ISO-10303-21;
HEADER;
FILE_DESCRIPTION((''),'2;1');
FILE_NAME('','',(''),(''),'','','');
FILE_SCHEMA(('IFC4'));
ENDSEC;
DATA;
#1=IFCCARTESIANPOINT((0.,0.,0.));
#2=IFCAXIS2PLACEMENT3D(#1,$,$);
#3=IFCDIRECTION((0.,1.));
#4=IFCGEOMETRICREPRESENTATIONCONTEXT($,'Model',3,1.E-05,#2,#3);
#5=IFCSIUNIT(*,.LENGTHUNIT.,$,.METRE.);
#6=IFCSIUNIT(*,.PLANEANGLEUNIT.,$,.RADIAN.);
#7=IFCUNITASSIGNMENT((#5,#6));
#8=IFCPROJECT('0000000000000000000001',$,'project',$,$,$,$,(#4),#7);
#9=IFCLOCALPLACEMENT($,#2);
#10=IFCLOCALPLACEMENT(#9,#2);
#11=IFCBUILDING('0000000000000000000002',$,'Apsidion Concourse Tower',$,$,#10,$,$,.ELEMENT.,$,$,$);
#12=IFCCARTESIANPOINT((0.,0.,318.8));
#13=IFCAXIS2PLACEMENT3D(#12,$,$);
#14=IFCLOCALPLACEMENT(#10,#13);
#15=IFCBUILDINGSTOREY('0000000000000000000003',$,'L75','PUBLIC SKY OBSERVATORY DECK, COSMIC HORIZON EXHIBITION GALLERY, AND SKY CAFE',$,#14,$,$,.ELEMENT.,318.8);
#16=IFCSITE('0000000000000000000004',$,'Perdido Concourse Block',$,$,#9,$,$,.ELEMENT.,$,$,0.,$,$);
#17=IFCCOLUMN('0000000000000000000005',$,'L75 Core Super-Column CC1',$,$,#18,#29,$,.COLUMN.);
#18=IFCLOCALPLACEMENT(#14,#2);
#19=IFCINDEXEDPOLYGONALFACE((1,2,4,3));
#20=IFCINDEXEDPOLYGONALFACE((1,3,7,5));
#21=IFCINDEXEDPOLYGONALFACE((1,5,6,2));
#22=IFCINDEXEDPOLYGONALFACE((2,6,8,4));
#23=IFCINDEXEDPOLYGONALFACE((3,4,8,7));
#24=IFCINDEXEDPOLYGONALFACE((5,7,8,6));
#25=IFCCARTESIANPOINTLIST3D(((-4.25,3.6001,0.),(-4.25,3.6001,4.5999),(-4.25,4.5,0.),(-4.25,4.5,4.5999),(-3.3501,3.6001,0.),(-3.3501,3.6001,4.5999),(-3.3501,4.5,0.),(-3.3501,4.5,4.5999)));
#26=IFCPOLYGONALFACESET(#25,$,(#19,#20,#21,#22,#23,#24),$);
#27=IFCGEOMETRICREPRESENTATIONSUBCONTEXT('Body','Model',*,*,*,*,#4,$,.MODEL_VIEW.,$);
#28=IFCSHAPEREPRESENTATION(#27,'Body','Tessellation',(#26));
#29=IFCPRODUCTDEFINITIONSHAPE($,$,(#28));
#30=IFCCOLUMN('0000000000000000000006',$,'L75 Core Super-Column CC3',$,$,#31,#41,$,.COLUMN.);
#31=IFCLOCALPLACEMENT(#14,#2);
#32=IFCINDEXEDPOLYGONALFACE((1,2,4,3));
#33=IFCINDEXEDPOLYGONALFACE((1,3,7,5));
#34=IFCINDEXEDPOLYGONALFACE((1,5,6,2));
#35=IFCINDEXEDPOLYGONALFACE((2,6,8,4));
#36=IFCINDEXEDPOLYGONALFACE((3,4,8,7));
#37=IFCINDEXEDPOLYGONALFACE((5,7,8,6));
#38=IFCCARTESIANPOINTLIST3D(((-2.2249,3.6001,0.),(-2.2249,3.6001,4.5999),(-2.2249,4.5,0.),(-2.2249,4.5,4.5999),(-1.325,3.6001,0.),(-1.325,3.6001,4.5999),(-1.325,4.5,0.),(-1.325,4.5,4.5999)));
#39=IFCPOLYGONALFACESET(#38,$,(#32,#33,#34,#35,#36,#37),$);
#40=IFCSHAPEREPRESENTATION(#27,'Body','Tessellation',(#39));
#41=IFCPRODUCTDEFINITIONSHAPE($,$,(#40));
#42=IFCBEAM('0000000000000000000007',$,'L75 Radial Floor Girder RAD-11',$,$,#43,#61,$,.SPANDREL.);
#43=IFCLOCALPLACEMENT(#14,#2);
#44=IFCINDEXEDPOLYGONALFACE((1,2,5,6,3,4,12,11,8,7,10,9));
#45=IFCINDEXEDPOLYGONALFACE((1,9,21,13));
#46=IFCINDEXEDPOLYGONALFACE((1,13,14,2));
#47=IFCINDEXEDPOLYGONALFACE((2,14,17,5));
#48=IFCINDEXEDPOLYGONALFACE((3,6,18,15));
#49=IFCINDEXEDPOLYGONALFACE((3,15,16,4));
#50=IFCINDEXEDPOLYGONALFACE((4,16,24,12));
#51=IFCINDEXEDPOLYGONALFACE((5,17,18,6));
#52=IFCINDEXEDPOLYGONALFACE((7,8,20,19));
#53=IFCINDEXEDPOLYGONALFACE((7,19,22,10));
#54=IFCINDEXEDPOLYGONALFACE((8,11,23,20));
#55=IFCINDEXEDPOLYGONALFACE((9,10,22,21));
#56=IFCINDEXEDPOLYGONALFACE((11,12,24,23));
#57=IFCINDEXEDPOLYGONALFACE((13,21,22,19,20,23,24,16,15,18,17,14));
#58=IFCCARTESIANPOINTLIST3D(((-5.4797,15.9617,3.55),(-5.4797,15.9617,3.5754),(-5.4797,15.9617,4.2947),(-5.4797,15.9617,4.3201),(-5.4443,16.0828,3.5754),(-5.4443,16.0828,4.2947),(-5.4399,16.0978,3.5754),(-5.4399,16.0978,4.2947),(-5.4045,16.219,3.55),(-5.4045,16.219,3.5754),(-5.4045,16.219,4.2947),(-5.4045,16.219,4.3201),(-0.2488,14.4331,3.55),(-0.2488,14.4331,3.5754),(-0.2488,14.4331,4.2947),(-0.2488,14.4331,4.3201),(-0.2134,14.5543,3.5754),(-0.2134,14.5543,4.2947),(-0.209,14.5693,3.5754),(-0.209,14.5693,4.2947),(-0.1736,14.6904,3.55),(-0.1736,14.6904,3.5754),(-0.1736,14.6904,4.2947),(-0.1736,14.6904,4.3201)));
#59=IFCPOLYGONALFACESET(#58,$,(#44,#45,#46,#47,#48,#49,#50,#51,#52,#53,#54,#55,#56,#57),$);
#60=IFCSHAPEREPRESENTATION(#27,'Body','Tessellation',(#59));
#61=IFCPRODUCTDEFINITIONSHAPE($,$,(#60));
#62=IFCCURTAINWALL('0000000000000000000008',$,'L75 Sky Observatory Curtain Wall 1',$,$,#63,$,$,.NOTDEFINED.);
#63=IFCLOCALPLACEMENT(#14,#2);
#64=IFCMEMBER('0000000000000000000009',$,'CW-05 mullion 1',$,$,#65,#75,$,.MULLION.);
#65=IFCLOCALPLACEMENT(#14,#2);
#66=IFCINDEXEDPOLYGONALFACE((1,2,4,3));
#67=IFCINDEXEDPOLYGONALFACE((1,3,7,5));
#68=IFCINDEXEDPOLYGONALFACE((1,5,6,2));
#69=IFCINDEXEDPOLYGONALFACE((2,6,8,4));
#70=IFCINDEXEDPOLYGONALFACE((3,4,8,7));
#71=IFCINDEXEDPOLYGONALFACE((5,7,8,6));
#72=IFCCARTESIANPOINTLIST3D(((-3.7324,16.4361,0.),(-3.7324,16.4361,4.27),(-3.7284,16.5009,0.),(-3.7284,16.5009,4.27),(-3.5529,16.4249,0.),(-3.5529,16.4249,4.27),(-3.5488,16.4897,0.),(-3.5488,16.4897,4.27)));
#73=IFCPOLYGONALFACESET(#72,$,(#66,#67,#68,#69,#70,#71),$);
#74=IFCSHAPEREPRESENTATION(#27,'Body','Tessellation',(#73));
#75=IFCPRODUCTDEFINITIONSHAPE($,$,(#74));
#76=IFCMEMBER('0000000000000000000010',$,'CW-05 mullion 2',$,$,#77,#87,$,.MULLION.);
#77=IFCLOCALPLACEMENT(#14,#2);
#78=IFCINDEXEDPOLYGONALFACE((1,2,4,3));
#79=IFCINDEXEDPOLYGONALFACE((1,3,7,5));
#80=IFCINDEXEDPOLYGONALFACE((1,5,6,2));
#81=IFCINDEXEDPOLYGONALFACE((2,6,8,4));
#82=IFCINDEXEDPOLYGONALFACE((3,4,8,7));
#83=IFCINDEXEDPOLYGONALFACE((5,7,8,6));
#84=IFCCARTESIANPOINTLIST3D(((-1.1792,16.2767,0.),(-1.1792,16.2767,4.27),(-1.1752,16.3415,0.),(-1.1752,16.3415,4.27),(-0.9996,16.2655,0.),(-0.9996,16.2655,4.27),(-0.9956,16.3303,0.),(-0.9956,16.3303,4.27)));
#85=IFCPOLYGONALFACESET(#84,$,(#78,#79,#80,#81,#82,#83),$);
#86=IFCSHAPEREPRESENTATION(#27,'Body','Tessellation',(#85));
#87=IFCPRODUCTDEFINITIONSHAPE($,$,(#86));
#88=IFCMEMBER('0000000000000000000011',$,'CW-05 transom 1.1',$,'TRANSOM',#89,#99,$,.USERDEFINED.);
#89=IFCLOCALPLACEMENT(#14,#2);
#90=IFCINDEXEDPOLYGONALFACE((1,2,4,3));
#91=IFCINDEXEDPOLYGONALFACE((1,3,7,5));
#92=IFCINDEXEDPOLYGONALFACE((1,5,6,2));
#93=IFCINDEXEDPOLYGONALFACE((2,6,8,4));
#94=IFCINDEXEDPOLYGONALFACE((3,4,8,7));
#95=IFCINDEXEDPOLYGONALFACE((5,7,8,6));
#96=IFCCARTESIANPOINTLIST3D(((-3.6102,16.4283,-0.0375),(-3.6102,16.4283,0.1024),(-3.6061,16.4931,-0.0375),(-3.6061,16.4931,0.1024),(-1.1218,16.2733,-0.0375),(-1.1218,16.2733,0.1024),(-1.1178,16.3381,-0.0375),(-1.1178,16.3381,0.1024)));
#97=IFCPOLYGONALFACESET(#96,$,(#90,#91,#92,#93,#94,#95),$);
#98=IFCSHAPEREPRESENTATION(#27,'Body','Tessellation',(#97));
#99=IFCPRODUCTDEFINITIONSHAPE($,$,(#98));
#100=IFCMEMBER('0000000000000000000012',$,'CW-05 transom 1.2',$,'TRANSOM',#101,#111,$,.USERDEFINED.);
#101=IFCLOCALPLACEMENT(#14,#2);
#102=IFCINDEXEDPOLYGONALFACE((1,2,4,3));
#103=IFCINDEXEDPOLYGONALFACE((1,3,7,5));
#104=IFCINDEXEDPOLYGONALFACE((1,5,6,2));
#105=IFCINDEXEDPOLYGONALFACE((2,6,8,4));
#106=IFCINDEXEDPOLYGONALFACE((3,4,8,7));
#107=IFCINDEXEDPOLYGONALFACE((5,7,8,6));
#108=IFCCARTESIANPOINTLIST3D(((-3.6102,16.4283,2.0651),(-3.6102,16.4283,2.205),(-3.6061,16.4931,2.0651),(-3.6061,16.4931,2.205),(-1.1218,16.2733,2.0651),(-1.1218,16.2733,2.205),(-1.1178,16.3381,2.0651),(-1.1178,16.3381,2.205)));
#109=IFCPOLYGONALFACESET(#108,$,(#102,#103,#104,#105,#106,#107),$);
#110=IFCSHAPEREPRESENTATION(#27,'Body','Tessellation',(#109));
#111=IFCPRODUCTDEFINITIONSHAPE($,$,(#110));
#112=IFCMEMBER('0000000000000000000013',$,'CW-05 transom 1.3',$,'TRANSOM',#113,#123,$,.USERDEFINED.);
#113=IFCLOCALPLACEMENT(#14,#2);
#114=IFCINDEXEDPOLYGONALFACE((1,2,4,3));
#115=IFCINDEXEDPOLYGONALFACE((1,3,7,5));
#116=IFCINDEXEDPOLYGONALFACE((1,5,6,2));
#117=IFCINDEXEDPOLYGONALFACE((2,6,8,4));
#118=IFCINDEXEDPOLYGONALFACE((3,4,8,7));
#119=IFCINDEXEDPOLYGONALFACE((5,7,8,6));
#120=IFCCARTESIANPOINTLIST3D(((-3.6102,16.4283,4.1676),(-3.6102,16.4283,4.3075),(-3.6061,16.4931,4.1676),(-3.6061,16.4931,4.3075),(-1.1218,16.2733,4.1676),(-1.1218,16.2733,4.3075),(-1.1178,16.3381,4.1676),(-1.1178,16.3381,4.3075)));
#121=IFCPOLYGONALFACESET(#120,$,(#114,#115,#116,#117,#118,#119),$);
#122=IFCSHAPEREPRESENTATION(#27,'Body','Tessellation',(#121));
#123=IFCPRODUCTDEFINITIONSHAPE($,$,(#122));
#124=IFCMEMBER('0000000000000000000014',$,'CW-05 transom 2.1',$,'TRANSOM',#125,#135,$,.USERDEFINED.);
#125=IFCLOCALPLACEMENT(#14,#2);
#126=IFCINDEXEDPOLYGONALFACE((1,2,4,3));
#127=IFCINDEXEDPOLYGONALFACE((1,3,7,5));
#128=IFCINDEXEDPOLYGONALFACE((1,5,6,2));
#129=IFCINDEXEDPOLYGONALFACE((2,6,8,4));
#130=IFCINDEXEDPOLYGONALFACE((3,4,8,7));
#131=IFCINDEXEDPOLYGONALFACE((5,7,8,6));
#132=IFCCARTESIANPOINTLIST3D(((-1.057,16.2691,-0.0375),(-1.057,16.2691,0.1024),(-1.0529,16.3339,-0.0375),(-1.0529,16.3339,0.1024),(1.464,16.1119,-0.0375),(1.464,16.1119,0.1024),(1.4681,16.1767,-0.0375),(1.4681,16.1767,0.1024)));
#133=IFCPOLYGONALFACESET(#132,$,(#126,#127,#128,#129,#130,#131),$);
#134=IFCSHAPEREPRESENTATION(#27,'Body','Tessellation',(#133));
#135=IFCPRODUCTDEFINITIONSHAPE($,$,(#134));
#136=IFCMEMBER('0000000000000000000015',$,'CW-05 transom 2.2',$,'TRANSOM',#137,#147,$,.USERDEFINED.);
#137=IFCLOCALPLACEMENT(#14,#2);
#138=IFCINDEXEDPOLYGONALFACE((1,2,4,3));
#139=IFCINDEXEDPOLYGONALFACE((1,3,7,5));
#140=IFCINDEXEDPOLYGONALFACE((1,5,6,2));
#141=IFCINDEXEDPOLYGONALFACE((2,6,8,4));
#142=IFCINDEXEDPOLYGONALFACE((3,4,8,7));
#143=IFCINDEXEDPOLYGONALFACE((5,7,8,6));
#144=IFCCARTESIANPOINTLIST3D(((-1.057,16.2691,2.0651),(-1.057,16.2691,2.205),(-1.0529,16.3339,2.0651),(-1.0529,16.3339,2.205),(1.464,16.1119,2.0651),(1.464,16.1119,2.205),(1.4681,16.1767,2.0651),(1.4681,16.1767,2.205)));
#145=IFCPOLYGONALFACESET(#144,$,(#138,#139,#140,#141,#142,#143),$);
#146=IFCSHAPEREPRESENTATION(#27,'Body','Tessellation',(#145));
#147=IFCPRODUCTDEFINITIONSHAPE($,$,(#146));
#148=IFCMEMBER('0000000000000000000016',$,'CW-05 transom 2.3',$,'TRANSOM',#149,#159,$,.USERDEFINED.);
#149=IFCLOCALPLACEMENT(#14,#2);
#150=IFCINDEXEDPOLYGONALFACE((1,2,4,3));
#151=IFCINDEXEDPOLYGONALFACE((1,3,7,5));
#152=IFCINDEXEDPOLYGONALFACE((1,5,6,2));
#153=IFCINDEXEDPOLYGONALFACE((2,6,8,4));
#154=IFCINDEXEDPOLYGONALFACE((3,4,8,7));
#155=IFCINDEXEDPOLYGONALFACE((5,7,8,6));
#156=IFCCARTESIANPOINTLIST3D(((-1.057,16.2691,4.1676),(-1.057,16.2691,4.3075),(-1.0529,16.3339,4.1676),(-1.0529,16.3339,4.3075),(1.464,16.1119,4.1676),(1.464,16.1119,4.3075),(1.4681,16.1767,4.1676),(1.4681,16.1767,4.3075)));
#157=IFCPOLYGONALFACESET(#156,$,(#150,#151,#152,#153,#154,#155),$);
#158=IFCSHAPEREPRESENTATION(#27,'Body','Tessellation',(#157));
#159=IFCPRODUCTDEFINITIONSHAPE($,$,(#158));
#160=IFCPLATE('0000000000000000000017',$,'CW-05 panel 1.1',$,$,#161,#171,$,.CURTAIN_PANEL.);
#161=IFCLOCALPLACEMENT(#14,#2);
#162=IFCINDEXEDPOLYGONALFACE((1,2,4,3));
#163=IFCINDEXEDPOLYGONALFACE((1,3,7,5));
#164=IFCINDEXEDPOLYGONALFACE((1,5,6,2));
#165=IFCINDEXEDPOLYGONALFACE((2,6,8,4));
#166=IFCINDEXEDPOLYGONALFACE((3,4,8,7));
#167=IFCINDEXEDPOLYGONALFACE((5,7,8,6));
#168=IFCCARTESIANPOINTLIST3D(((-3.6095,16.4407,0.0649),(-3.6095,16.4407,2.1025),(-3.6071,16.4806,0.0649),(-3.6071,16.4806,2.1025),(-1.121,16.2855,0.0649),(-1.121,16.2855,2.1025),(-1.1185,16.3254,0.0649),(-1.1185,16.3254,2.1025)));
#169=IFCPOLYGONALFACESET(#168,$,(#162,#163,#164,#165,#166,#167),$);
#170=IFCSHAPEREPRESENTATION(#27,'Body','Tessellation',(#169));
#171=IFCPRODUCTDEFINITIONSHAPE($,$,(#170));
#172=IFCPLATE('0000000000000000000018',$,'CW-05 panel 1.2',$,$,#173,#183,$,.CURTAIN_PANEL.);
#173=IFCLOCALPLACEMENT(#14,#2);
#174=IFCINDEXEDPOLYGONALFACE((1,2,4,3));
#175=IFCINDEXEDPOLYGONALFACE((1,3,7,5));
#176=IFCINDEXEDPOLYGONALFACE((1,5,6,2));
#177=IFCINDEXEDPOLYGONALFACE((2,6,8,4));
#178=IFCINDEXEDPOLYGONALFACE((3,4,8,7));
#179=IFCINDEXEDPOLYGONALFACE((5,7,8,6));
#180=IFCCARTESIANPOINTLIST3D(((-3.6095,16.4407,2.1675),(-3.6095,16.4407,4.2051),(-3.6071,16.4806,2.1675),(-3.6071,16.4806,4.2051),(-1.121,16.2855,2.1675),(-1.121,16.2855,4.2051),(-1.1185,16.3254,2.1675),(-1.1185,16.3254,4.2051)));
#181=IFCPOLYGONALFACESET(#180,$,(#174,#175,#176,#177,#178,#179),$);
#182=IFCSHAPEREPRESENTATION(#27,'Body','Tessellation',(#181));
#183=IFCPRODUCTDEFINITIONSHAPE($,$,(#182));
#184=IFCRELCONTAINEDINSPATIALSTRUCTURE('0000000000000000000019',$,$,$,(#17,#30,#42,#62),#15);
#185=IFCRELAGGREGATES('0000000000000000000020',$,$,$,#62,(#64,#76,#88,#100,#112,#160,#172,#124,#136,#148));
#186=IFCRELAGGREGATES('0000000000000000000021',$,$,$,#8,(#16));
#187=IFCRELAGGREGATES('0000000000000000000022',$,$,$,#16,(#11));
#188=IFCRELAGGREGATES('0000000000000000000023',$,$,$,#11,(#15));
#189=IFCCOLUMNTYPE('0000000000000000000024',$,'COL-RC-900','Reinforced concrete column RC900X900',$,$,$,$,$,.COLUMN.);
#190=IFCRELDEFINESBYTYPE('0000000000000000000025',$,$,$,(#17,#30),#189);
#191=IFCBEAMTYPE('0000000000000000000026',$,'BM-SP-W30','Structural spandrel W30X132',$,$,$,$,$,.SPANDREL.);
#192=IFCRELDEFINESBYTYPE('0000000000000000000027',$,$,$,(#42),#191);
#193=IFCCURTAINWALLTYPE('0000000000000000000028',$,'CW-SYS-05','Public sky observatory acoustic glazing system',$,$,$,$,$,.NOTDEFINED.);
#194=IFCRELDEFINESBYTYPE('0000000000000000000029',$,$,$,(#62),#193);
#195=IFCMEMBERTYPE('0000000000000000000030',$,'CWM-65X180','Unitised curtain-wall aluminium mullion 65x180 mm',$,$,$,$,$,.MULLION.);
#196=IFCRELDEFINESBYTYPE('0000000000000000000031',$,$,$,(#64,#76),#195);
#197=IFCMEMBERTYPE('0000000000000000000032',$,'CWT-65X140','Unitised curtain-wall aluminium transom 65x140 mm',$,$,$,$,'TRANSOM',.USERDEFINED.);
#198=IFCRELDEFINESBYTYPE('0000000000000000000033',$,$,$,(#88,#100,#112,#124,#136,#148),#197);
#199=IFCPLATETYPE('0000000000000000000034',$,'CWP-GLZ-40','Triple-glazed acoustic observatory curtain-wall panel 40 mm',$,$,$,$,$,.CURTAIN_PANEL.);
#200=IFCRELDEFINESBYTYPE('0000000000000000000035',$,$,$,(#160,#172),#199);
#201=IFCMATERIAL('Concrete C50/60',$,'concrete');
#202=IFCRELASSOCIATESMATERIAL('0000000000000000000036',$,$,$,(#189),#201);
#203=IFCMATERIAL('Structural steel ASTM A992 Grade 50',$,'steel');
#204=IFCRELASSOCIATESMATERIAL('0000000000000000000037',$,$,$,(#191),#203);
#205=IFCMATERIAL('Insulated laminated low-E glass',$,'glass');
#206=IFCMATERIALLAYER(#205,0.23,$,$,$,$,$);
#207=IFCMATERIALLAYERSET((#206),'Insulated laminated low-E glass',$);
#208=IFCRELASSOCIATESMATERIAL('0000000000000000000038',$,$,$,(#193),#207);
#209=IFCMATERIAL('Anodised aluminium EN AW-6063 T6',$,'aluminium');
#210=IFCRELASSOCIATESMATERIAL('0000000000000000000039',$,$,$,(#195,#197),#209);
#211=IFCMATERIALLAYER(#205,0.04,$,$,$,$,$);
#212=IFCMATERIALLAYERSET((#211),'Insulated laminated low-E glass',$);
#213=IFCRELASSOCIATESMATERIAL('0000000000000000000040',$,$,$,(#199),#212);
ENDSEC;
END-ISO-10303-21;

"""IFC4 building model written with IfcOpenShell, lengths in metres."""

from ifc_helpers import new_model, si_unit, direction, frame, origin, origin_2d, place, context, subcontext, project, spatial, rectangle, i_section, extrude, material, layer, layer_set, material_profile, profile_set, type_object, element, aggregate, save


model = new_model("IFC4")

# Units and contexts
model_context = context("Model", 3, precision=1e-05, world=origin(), true_north=direction((0.0, 1.0)))
body_context = subcontext(model_context, "Body", "Model", "MODEL_VIEW")
ifc_project = project(units=[si_unit("LENGTHUNIT", "METRE"), si_unit("PLANEANGLEUNIT", "RADIAN")], contexts=[model_context])

# Site, building, storey
site_placement = place(None, origin())
site = spatial("IfcSite", under=ifc_project, at=site_placement, Name="Perdido Concourse Block", CompositionType="ELEMENT", RefElevation=0.0)
building_placement = place(site_placement, origin())
building = spatial("IfcBuilding", under=site, at=building_placement, Name="Apsidion Concourse Tower", CompositionType="ELEMENT")
storey_placement = place(building_placement, frame((0.0, 0.0, 318.8)))
storey = spatial("IfcBuildingStorey", under=building, at=storey_placement, Name="L75", Description="PUBLIC SKY OBSERVATORY DECK, COSMIC HORIZON EXHIBITION GALLERY, AND SKY CAFE", CompositionType="ELEMENT", Elevation=318.8)

# Columns
ifc_material_1 = material(Name="Concrete C50/60", Category="concrete")
ifc_material_profile_1 = material_profile(ifc_material_1, rectangle(XDim=0.8999, YDim=0.8999, at=origin_2d()), Name="RC 900x900")
ifc_profile_set_1 = profile_set([ifc_material_profile_1], Name="Concrete C50/60")
column_type = type_object("IfcColumnType", Name="COL-RC-900", Description="Reinforced concrete column RC900X900", PredefinedType="COLUMN", material=ifc_profile_set_1)
for number, where, z_axis, x_axis, name in (
    (1, (-3.8, 4.05, 0.0), (0.0, 0.0, 1.0), (1.0, 0.0, 0.0), "L75 Core Super-Column CC1"),
    (2, (-1.7749, 4.05, 0.0), (0.0, 0.0, 1.0), (1.0, 0.0, 0.0), "L75 Core Super-Column CC3"),
):
    element("IfcColumn", number, at=place(storey_placement, frame(where, z_axis=z_axis, x_axis=x_axis)), inside=storey, type_object=column_type, Name=name, PredefinedType="COLUMN", context=body_context, shape_type="SweptSolid", body=[
        extrude(rectangle(XDim=0.8999, YDim=0.8999, at=origin_2d()), origin(), (0.0, 0.0, 1.0), 4.5999),
    ])

# Beam
ifc_material_2 = material(Name="Structural steel ASTM A992 Grade 50", Category="steel")
ifc_material_profile_2 = material_profile(ifc_material_2, i_section(OverallWidth=0.2681, OverallDepth=0.77, WebThickness=0.0156, FlangeThickness=0.0254, at=origin_2d()), Name="W30X132")
ifc_profile_set_2 = profile_set([ifc_material_profile_2], Name="Structural steel ASTM A992 Grade 50")
beam_type = type_object("IfcBeamType", Name="BM-SP-W30", Description="Structural spandrel W30X132", PredefinedType="SPANDREL", material=ifc_profile_set_2)
beam_placement = place(storey_placement, frame((-0.2112, 14.5618, 3.9351), z_axis=(-0.959858, 0.280485, 0.0), x_axis=(-0.280485, -0.959858, 0.0)))
element("IfcBeam", 3, at=beam_placement, inside=storey, type_object=beam_type, Name="L75 Radial Floor Girder RAD-11", PredefinedType="SPANDREL", context=body_context, shape_type="SweptSolid", body=[
    extrude(i_section(OverallWidth=0.2681, OverallDepth=0.77, WebThickness=0.0156, FlangeThickness=0.0254, at=origin_2d()), origin(), (0.0, 0.0, 1.0), 5.4497),
])

# Curtain wall, members, plates
ifc_material_3 = material(Name="Insulated laminated low-E glass", Category="glass")
ifc_layer_1 = layer(ifc_material_3, 0.23)
ifc_layer_set_1 = layer_set([ifc_layer_1], Name="Insulated laminated low-E glass")
curtain_wall_type = type_object("IfcCurtainWallType", Name="CW-SYS-05", Description="Public sky observatory acoustic glazing system", PredefinedType="NOTDEFINED", material=ifc_layer_set_1)
curtain_wall_placement = place(storey_placement, origin())
curtain_wall = element("IfcCurtainWall", 4, at=curtain_wall_placement, inside=storey, type_object=curtain_wall_type, Name="L75 Sky Observatory Curtain Wall 1", PredefinedType="NOTDEFINED")
ifc_material_4 = material(Name="Anodised aluminium EN AW-6063 T6", Category="aluminium")
ifc_material_profile_3 = material_profile(ifc_material_4, rectangle(XDim=0.0649, YDim=0.1799, at=origin_2d()), Name="ALU MULLION 65x180")
ifc_profile_set_3 = profile_set([ifc_material_profile_3], Name="Anodised aluminium EN AW-6063 T6")
member_type_1 = type_object("IfcMemberType", Name="CWM-65X180", Description="Unitised curtain-wall aluminium mullion 65x180 mm", PredefinedType="MULLION", material=ifc_profile_set_3)
member_1_placement = place(storey_placement, frame((-3.6406, 16.4629, 0.0), z_axis=(0.0, 0.0, 1.0), x_axis=(0.062249, 0.998061, 0.0)))
member_1 = element("IfcMember", 5, at=member_1_placement, type_object=member_type_1, Name="CW-05 mullion 1", PredefinedType="MULLION", context=body_context, shape_type="SweptSolid", body=[
    extrude(rectangle(XDim=0.0649, YDim=0.1799, at=origin_2d()), origin(), (0.0, 0.0, 1.0), 4.27),
])
member_2_placement = place(storey_placement, frame((-1.0874, 16.3035, 0.0), z_axis=(0.0, 0.0, 1.0), x_axis=(0.062249, 0.998061, 0.0)))
member_2 = element("IfcMember", 6, at=member_2_placement, type_object=member_type_1, Name="CW-05 mullion 2", PredefinedType="MULLION", context=body_context, shape_type="SweptSolid", body=[
    extrude(rectangle(XDim=0.0649, YDim=0.1799, at=origin_2d()), origin(), (0.0, 0.0, 1.0), 4.27),
])
ifc_material_profile_4 = material_profile(ifc_material_4, rectangle(XDim=0.0649, YDim=0.1399, at=origin_2d()), Name="ALU TRANSOM 65x140")
ifc_profile_set_4 = profile_set([ifc_material_profile_4], Name="Anodised aluminium EN AW-6063 T6")
member_type_2 = type_object("IfcMemberType", Name="CWT-65X140", Description="Unitised curtain-wall aluminium transom 65x140 mm", ElementType="TRANSOM", PredefinedType="USERDEFINED", material=ifc_profile_set_4)
member_3_placement = place(storey_placement, frame((-3.6082, 16.4607, 0.0325), z_axis=(0.998065, -0.062183, 0.0), x_axis=(0.062183, 0.998065, 0.0)))
member_3 = element("IfcMember", 7, at=member_3_placement, type_object=member_type_2, Name="CW-05 transom 1.1", ObjectType="TRANSOM", PredefinedType="USERDEFINED", context=body_context, shape_type="SweptSolid", body=[
    extrude(rectangle(XDim=0.0649, YDim=0.1399, at=origin_2d()), origin(), (0.0, 0.0, 1.0), 2.4932),
])
member_4_placement = place(storey_placement, frame((-3.6082, 16.4607, 2.135), z_axis=(0.998065, -0.062183, 0.0), x_axis=(0.062183, 0.998065, 0.0)))
member_4 = element("IfcMember", 8, at=member_4_placement, type_object=member_type_2, Name="CW-05 transom 1.2", ObjectType="TRANSOM", PredefinedType="USERDEFINED", context=body_context, shape_type="SweptSolid", body=[
    extrude(rectangle(XDim=0.0649, YDim=0.1399, at=origin_2d()), origin(), (0.0, 0.0, 1.0), 2.4932),
])
member_5_placement = place(storey_placement, frame((-3.6082, 16.4607, 4.2375), z_axis=(0.998065, -0.062183, 0.0), x_axis=(0.062183, 0.998065, 0.0)))
member_5 = element("IfcMember", 9, at=member_5_placement, type_object=member_type_2, Name="CW-05 transom 1.3", ObjectType="TRANSOM", PredefinedType="USERDEFINED", context=body_context, shape_type="SweptSolid", body=[
    extrude(rectangle(XDim=0.0649, YDim=0.1399, at=origin_2d()), origin(), (0.0, 0.0, 1.0), 2.4932),
])
member_6_placement = place(storey_placement, frame((-1.0549, 16.3015, 0.0325), z_axis=(0.998061, -0.062246, 0.0), x_axis=(0.062246, 0.998061, 0.0)))
member_6 = element("IfcMember", 10, at=member_6_placement, type_object=member_type_2, Name="CW-05 transom 2.1", ObjectType="TRANSOM", PredefinedType="USERDEFINED", context=body_context, shape_type="SweptSolid", body=[
    extrude(rectangle(XDim=0.0649, YDim=0.1399, at=origin_2d()), origin(), (0.0, 0.0, 1.0), 2.5259),
])
member_7_placement = place(storey_placement, frame((-1.0549, 16.3015, 2.135), z_axis=(0.998061, -0.062246, 0.0), x_axis=(0.062246, 0.998061, 0.0)))
member_7 = element("IfcMember", 11, at=member_7_placement, type_object=member_type_2, Name="CW-05 transom 2.2", ObjectType="TRANSOM", PredefinedType="USERDEFINED", context=body_context, shape_type="SweptSolid", body=[
    extrude(rectangle(XDim=0.0649, YDim=0.1399, at=origin_2d()), origin(), (0.0, 0.0, 1.0), 2.5259),
])
member_8_placement = place(storey_placement, frame((-1.0549, 16.3015, 4.2375), z_axis=(0.998061, -0.062246, 0.0), x_axis=(0.062246, 0.998061, 0.0)))
member_8 = element("IfcMember", 12, at=member_8_placement, type_object=member_type_2, Name="CW-05 transom 2.3", ObjectType="TRANSOM", PredefinedType="USERDEFINED", context=body_context, shape_type="SweptSolid", body=[
    extrude(rectangle(XDim=0.0649, YDim=0.1399, at=origin_2d()), origin(), (0.0, 0.0, 1.0), 2.5259),
])
ifc_layer_2 = layer(ifc_material_3, 0.04)
ifc_layer_set_2 = layer_set([ifc_layer_2], Name="Insulated laminated low-E glass")
plate_type = type_object("IfcPlateType", Name="CWP-GLZ-40", Description="Triple-glazed acoustic observatory curtain-wall panel 40 mm", PredefinedType="CURTAIN_PANEL", material=ifc_layer_set_2)
plate_1_placement = place(storey_placement, frame((-2.364, 16.3831, 0.0649), z_axis=(0.0, 0.0, 1.0), x_axis=(0.998061, -0.062249, 0.0)))
plate_1 = element("IfcPlate", 13, at=plate_1_placement, type_object=plate_type, Name="CW-05 panel 1.1", PredefinedType="CURTAIN_PANEL", context=body_context, shape_type="SweptSolid", body=[
    extrude(rectangle(XDim=2.4934, YDim=0.04, at=origin_2d()), origin(), (0.0, 0.0, 1.0), 2.0376),
])
plate_2_placement = place(storey_placement, frame((-2.364, 16.3831, 2.1675), z_axis=(0.0, 0.0, 1.0), x_axis=(0.998061, -0.062249, 0.0)))
plate_2 = element("IfcPlate", 14, at=plate_2_placement, type_object=plate_type, Name="CW-05 panel 1.2", PredefinedType="CURTAIN_PANEL", context=body_context, shape_type="SweptSolid", body=[
    extrude(rectangle(XDim=2.4934, YDim=0.04, at=origin_2d()), origin(), (0.0, 0.0, 1.0), 2.0376),
])
aggregate(curtain_wall, [member_1, member_2, member_3, member_4, member_5, plate_1, plate_2, member_6, member_7, member_8])

save(model, "model.ifc")
